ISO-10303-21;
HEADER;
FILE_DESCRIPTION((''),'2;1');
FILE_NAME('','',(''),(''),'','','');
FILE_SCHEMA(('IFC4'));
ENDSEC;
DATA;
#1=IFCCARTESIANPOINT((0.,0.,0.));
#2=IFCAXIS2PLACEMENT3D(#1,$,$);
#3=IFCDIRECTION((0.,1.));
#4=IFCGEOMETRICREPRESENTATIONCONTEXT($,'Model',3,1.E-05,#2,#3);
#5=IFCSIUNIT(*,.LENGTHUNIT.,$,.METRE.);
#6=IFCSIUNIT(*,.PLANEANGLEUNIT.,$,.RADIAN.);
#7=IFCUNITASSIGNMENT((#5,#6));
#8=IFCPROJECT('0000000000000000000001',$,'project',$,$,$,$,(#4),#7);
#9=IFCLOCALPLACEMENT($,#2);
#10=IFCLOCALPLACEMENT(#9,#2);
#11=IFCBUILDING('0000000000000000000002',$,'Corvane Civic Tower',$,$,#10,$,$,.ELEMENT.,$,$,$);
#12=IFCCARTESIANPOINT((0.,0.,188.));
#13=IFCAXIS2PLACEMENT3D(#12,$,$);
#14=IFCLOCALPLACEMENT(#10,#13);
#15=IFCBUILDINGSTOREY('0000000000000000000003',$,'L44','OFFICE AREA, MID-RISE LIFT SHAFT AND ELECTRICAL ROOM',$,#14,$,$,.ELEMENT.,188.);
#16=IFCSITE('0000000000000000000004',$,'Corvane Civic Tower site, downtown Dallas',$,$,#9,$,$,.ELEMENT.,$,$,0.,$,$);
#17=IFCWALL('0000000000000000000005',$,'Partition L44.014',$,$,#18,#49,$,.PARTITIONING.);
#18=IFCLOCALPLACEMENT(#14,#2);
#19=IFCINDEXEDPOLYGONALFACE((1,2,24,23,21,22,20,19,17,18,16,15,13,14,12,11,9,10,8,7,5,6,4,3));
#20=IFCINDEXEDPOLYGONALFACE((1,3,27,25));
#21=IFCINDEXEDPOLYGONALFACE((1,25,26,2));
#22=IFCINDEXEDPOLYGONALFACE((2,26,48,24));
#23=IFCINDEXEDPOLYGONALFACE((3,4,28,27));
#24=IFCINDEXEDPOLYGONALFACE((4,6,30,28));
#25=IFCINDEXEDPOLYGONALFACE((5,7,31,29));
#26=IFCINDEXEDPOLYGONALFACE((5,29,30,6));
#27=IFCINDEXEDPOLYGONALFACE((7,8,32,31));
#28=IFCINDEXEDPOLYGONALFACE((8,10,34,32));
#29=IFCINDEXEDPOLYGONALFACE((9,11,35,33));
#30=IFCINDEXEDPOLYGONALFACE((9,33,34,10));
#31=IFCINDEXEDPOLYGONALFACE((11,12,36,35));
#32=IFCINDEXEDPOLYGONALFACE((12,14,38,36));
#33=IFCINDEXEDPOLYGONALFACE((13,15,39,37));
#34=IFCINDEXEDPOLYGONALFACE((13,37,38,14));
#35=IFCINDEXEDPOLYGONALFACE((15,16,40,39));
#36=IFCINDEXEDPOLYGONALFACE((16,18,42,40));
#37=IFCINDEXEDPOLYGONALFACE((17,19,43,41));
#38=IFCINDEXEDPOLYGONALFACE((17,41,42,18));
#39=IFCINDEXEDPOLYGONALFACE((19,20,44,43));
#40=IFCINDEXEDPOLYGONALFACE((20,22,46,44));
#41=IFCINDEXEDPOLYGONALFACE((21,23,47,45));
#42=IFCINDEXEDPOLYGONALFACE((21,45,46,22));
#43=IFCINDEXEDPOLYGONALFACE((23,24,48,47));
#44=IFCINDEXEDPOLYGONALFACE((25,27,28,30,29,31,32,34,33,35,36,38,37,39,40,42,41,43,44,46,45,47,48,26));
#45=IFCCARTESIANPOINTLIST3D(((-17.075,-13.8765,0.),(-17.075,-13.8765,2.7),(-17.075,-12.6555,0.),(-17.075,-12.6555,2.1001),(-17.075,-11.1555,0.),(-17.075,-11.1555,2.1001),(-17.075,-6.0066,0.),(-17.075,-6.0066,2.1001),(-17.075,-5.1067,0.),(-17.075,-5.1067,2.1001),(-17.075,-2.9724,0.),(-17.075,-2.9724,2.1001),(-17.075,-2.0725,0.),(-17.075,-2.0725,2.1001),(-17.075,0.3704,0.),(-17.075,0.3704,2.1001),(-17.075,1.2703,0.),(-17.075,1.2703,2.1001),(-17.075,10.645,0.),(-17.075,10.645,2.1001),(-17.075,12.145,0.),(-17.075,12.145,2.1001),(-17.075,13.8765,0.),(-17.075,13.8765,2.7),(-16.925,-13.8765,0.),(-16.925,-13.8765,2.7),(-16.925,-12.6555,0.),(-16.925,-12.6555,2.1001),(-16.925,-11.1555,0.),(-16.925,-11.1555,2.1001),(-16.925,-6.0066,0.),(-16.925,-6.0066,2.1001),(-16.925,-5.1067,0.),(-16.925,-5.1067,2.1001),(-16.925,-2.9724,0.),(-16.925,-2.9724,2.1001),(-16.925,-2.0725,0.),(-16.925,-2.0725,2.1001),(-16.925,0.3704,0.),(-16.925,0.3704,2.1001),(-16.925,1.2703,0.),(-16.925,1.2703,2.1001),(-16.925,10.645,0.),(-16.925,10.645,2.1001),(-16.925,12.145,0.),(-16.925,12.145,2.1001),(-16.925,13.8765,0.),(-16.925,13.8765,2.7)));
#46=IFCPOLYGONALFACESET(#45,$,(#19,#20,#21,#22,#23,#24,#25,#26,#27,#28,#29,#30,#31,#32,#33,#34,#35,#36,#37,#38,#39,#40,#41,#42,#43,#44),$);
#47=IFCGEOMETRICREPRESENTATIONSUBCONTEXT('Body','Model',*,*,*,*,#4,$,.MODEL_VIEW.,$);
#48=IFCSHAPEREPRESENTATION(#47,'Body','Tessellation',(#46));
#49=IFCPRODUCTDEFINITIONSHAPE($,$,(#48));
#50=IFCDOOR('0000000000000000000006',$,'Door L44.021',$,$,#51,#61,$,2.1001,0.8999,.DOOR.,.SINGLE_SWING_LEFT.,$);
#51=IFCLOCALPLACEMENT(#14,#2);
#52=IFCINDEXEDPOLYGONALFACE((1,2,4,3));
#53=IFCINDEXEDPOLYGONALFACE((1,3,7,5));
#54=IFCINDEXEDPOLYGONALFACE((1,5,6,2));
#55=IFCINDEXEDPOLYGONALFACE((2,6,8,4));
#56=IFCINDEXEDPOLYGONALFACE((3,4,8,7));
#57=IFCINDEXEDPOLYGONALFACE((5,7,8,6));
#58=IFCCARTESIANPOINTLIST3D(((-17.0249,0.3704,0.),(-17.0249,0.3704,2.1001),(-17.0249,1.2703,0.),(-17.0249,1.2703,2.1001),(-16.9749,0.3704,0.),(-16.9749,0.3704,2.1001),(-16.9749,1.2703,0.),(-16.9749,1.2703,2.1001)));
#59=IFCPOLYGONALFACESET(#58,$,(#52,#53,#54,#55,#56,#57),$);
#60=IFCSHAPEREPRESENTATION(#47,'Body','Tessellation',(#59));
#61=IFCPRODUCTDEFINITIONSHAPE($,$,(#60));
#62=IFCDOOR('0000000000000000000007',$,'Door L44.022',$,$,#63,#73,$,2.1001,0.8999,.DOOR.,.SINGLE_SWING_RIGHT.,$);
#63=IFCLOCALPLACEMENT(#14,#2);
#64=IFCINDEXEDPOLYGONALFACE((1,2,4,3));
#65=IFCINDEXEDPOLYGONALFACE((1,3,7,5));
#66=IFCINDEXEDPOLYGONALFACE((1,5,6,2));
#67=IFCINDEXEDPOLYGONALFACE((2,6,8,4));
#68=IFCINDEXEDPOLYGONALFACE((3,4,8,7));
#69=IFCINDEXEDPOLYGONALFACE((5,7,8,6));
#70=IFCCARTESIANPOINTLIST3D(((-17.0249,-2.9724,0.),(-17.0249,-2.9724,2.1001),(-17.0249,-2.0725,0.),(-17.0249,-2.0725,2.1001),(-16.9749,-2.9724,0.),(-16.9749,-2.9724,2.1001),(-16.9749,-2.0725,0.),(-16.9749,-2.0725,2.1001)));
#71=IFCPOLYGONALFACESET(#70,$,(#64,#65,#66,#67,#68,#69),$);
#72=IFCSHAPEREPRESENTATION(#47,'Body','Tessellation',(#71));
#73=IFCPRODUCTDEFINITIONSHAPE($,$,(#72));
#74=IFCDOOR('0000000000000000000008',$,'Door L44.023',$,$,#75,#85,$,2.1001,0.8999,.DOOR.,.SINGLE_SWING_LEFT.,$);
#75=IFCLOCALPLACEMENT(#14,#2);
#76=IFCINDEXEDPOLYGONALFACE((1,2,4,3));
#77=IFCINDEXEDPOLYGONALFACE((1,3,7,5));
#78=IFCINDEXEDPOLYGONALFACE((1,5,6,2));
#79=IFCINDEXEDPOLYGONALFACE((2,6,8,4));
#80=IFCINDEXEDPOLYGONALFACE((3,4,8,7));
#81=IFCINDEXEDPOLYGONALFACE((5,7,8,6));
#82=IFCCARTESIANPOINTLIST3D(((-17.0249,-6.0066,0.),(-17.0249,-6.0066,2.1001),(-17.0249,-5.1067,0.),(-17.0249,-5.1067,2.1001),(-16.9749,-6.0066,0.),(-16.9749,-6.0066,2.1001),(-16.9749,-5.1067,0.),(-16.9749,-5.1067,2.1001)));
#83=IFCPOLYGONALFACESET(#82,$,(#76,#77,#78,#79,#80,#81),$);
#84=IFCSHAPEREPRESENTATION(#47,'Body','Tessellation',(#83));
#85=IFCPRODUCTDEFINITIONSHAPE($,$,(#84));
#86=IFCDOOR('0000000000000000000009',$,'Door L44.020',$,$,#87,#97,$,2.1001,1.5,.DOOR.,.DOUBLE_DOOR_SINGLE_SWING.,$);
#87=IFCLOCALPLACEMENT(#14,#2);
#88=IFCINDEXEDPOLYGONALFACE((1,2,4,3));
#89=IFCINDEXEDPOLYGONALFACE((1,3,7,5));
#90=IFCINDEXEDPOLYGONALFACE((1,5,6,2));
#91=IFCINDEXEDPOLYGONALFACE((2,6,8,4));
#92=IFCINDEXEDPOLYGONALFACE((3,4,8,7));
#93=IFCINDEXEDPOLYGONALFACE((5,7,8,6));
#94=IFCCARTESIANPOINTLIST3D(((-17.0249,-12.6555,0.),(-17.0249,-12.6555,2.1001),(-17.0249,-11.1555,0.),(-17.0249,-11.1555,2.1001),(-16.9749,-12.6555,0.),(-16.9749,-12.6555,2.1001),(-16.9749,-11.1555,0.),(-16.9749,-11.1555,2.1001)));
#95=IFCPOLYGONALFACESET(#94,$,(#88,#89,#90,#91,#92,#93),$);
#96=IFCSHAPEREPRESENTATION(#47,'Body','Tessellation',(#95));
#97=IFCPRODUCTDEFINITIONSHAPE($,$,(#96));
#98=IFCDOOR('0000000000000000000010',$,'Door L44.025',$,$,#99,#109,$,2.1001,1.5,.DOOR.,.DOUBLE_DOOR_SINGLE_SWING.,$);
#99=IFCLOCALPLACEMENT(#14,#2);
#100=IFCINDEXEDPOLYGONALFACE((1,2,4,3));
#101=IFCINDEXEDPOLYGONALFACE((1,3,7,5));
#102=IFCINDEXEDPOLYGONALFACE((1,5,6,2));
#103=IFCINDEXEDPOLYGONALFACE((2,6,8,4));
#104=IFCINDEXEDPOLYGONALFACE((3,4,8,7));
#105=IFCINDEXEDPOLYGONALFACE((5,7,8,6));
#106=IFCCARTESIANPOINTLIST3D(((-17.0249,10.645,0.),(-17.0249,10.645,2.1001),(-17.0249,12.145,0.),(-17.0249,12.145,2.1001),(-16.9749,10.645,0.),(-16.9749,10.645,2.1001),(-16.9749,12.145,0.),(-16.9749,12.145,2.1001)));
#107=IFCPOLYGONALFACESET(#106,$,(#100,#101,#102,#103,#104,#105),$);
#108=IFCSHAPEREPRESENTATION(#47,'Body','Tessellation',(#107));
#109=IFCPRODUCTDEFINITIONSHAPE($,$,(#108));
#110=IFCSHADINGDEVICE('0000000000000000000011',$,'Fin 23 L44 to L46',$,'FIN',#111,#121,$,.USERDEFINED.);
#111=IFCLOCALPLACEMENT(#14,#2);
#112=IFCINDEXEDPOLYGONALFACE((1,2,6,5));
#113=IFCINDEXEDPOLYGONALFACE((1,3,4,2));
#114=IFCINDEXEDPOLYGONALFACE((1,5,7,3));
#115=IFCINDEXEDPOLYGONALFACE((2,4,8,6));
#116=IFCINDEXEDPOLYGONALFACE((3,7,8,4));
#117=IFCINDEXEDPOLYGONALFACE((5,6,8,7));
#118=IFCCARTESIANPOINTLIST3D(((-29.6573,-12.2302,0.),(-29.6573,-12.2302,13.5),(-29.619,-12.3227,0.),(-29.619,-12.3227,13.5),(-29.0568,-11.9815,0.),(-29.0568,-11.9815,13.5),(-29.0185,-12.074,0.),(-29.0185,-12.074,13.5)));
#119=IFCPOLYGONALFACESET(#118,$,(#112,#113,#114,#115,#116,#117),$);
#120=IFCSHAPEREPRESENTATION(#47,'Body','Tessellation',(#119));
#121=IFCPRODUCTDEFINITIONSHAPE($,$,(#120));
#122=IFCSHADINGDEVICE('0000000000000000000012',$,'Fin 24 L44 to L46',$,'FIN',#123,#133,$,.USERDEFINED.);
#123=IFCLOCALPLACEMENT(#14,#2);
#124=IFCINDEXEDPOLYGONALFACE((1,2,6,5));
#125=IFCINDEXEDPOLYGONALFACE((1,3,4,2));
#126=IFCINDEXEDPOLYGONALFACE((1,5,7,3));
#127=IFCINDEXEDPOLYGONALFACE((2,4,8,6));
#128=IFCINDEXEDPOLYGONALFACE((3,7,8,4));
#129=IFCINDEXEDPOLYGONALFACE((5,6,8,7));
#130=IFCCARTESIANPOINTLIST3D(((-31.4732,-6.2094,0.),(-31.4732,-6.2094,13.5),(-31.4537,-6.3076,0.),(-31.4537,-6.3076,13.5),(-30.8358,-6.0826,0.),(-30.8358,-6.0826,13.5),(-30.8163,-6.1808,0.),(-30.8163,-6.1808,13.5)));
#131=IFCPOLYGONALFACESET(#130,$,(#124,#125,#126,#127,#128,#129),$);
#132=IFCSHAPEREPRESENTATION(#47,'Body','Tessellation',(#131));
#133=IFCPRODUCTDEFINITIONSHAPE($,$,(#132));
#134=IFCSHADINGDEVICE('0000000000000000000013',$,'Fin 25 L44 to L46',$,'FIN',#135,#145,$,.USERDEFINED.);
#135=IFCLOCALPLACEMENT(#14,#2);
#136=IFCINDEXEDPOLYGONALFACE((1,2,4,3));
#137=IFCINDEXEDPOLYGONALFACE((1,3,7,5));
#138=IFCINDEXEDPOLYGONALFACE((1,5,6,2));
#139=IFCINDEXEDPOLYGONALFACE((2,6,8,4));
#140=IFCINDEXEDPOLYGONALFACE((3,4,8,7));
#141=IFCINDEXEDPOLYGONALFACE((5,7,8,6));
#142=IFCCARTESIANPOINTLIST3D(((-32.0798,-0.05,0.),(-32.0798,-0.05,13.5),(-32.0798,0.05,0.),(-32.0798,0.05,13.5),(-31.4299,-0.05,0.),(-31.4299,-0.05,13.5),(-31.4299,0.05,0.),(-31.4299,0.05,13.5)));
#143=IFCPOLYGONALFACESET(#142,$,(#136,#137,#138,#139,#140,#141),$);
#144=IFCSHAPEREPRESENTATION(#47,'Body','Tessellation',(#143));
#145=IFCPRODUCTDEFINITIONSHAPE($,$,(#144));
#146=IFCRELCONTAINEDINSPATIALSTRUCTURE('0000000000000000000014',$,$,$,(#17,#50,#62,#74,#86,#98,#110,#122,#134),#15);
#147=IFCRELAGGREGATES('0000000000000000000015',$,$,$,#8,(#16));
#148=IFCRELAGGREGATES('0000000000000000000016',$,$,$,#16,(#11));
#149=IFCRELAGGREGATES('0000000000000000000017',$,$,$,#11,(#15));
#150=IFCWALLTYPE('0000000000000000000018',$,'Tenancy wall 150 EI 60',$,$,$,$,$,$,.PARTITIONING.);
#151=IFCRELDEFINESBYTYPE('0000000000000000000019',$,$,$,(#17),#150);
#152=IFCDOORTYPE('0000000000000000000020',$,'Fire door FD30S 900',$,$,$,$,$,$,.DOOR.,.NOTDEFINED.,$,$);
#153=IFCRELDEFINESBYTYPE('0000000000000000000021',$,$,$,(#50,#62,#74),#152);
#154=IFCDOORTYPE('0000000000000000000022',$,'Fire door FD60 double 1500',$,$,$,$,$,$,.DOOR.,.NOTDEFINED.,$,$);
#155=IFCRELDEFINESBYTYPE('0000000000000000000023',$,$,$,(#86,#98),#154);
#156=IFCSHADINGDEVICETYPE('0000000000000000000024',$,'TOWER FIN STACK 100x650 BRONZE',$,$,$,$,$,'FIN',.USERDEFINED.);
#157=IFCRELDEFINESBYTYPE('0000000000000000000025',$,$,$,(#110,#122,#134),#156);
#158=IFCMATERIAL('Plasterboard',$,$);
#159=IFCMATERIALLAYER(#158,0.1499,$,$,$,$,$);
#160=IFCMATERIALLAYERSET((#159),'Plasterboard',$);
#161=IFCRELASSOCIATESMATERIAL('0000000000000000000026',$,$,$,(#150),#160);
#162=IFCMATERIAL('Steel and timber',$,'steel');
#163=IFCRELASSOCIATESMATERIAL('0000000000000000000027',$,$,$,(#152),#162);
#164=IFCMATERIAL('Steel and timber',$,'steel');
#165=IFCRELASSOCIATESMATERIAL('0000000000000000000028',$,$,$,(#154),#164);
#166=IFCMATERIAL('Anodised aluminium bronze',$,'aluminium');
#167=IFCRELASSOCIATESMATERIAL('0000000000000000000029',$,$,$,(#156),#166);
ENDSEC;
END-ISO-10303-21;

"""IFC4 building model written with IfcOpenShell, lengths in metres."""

from ifc_helpers import new_model, si_unit, direction, frame, frame_2d, origin, origin_2d, place, context, subcontext, project, spatial, rectangle, extrude, material, layer, layer_set, material_profile, profile_set, type_object, element, fill, save


model = new_model("IFC4")

# Units and contexts
model_context = context("Model", 3, precision=1e-05, world=origin(), true_north=direction((0.0, 1.0)))
body_context = subcontext(model_context, "Body", "Model", "MODEL_VIEW")
ifc_project = project(units=[si_unit("LENGTHUNIT", "METRE"), si_unit("PLANEANGLEUNIT", "RADIAN")], contexts=[model_context])

# Site, building, storey
site_placement = place(None, origin())
site = spatial("IfcSite", under=ifc_project, at=site_placement, Name="Corvane Civic Tower site, downtown Dallas", CompositionType="ELEMENT", RefElevation=0.0)
building_placement = place(site_placement, origin())
building = spatial("IfcBuilding", under=site, at=building_placement, Name="Corvane Civic Tower", CompositionType="ELEMENT")
storey_placement = place(building_placement, frame((0.0, 0.0, 188.0)))
storey = spatial("IfcBuildingStorey", under=building, at=storey_placement, Name="L44", Description="OFFICE AREA, MID-RISE LIFT SHAFT AND ELECTRICAL ROOM", CompositionType="ELEMENT", Elevation=188.0)

# Wall, openings, doors
ifc_material_1 = material(Name="Plasterboard")
ifc_layer_1 = layer(ifc_material_1, 0.1499)
ifc_layer_set_1 = layer_set([ifc_layer_1], Name="Plasterboard")
wall_type_1 = type_object("IfcWallType", Name="Tenancy wall 150 EI 60", PredefinedType="PARTITIONING", material=ifc_layer_set_1)
wall_1_placement = place(storey_placement, frame((-17.0, -13.8765, 0.0), z_axis=(0.0, 0.0, 1.0), x_axis=(0.0, 1.0, 0.0)))
wall_1 = element("IfcWall", 1, at=wall_1_placement, inside=storey, type_object=wall_type_1, Name="Partition L44.014", PredefinedType="PARTITIONING", context=body_context, shape_type="SweptSolid", body=[
    extrude(rectangle(XDim=27.7529, YDim=0.1499, at=frame_2d((13.8765, 0.0))), origin(), (0.0, 0.0, 1.0), 2.7),
])
opening_1_placement = place(wall_1_placement, frame((1.2209, 0.0, 0.0)))
opening_1 = element("IfcOpeningElement", 2, at=opening_1_placement, cuts=wall_1, PredefinedType="OPENING", context=body_context, shape_type="SweptSolid", body=[
    extrude(rectangle(XDim=1.5, YDim=2.1001, at=frame_2d((0.75, 1.05))), frame((0.0, 0.085, 0.0), z_axis=(0.0, -1.0, 0.0), x_axis=(1.0, 0.0, 0.0)), (0.0, 0.0, 1.0), 0.1699),
])
opening_2_placement = place(wall_1_placement, frame((14.2468, 0.0, 0.0)))
opening_2 = element("IfcOpeningElement", 3, at=opening_2_placement, cuts=wall_1, PredefinedType="OPENING", context=body_context, shape_type="SweptSolid", body=[
    extrude(rectangle(XDim=0.8999, YDim=2.1001, at=frame_2d((0.45, 1.05))), frame((0.0, 0.085, 0.0), z_axis=(0.0, -1.0, 0.0), x_axis=(1.0, 0.0, 0.0)), (0.0, 0.0, 1.0), 0.1699),
])
opening_3_placement = place(wall_1_placement, frame((10.9041, 0.0, 0.0)))
opening_3 = element("IfcOpeningElement", 4, at=opening_3_placement, cuts=wall_1, PredefinedType="OPENING", context=body_context, shape_type="SweptSolid", body=[
    extrude(rectangle(XDim=0.8999, YDim=2.1001, at=frame_2d((0.45, 1.05))), frame((0.0, 0.085, 0.0), z_axis=(0.0, -1.0, 0.0), x_axis=(1.0, 0.0, 0.0)), (0.0, 0.0, 1.0), 0.1699),
])
opening_4_placement = place(wall_1_placement, frame((7.8699, 0.0, 0.0)))
opening_4 = element("IfcOpeningElement", 5, at=opening_4_placement, cuts=wall_1, PredefinedType="OPENING", context=body_context, shape_type="SweptSolid", body=[
    extrude(rectangle(XDim=0.8999, YDim=2.1001, at=frame_2d((0.45, 1.05))), frame((0.0, 0.085, 0.0), z_axis=(0.0, -1.0, 0.0), x_axis=(1.0, 0.0, 0.0)), (0.0, 0.0, 1.0), 0.1699),
])
opening_5_placement = place(wall_1_placement, frame((24.5215, 0.0, 0.0)))
opening_5 = element("IfcOpeningElement", 6, at=opening_5_placement, cuts=wall_1, PredefinedType="OPENING", context=body_context, shape_type="SweptSolid", body=[
    extrude(rectangle(XDim=1.5, YDim=2.1001, at=frame_2d((0.75, 1.05))), frame((0.0, 0.085, 0.0), z_axis=(0.0, -1.0, 0.0), x_axis=(1.0, 0.0, 0.0)), (0.0, 0.0, 1.0), 0.1699),
])
ifc_material_2 = material(Name="Steel and timber", Category="steel")
door_type_1 = type_object("IfcDoorType", Name="Fire door FD30S 900", OperationType="NOTDEFINED", PredefinedType="DOOR", material=ifc_material_2)
door_1_placement = place(opening_2_placement, origin())
door_1 = element("IfcDoor", 7, at=door_1_placement, inside=storey, type_object=door_type_1, Name="Door L44.021", OperationType="SINGLE_SWING_LEFT", OverallHeight=2.1001, OverallWidth=0.8999, PredefinedType="DOOR", context=body_context, shape_type="SweptSolid", body=[
    extrude(rectangle(XDim=0.8999, YDim=2.1001, at=frame_2d((0.45, 1.05))), frame((0.0, 0.0249, 0.0), z_axis=(0.0, -1.0, 0.0), x_axis=(1.0, 0.0, 0.0)), (0.0, 0.0, 1.0), 0.05),
])
fill(opening_2, door_1)
door_2_placement = place(opening_3_placement, origin())
door_2 = element("IfcDoor", 8, at=door_2_placement, inside=storey, type_object=door_type_1, Name="Door L44.022", OperationType="SINGLE_SWING_RIGHT", OverallHeight=2.1001, OverallWidth=0.8999, PredefinedType="DOOR", context=body_context, shape_type="SweptSolid", body=[
    extrude(rectangle(XDim=0.8999, YDim=2.1001, at=frame_2d((0.45, 1.05))), frame((0.0, 0.0249, 0.0), z_axis=(0.0, -1.0, 0.0), x_axis=(1.0, 0.0, 0.0)), (0.0, 0.0, 1.0), 0.05),
])
fill(opening_3, door_2)
door_3_placement = place(opening_4_placement, origin())
door_3 = element("IfcDoor", 9, at=door_3_placement, inside=storey, type_object=door_type_1, Name="Door L44.023", OperationType="SINGLE_SWING_LEFT", OverallHeight=2.1001, OverallWidth=0.8999, PredefinedType="DOOR", context=body_context, shape_type="SweptSolid", body=[
    extrude(rectangle(XDim=0.8999, YDim=2.1001, at=frame_2d((0.45, 1.05))), frame((0.0, 0.0249, 0.0), z_axis=(0.0, -1.0, 0.0), x_axis=(1.0, 0.0, 0.0)), (0.0, 0.0, 1.0), 0.05),
])
fill(opening_4, door_3)
ifc_material_3 = material(Name="Steel and timber", Category="steel")
door_type_2 = type_object("IfcDoorType", Name="Fire door FD60 double 1500", OperationType="NOTDEFINED", PredefinedType="DOOR", material=ifc_material_3)
door_4_placement = place(opening_1_placement, origin())
door_4 = element("IfcDoor", 10, at=door_4_placement, inside=storey, type_object=door_type_2, Name="Door L44.020", OperationType="DOUBLE_DOOR_SINGLE_SWING", OverallHeight=2.1001, OverallWidth=1.5, PredefinedType="DOOR", context=body_context, shape_type="SweptSolid", body=[
    extrude(rectangle(XDim=1.5, YDim=2.1001, at=frame_2d((0.75, 1.05))), frame((0.0, 0.0249, 0.0), z_axis=(0.0, -1.0, 0.0), x_axis=(1.0, 0.0, 0.0)), (0.0, 0.0, 1.0), 0.05),
])
fill(opening_1, door_4)
door_5_placement = place(opening_5_placement, origin())
door_5 = element("IfcDoor", 11, at=door_5_placement, inside=storey, type_object=door_type_2, Name="Door L44.025", OperationType="DOUBLE_DOOR_SINGLE_SWING", OverallHeight=2.1001, OverallWidth=1.5, PredefinedType="DOOR", context=body_context, shape_type="SweptSolid", body=[
    extrude(rectangle(XDim=1.5, YDim=2.1001, at=frame_2d((0.75, 1.05))), frame((0.0, 0.0249, 0.0), z_axis=(0.0, -1.0, 0.0), x_axis=(1.0, 0.0, 0.0)), (0.0, 0.0, 1.0), 0.05),
])
fill(opening_5, door_5)

# Shading devices
ifc_material_4 = material(Name="Anodised aluminium bronze", Category="aluminium")
ifc_material_profile_1 = material_profile(ifc_material_4, rectangle(XDim=0.1001, YDim=0.6499, at=origin_2d()), Name="TOWER FIN STACK 100x650 BRONZE")
ifc_profile_set_1 = profile_set([ifc_material_profile_1], Name="Anodised aluminium bronze")
shading_device_type = type_object("IfcShadingDeviceType", Name="TOWER FIN STACK 100x650 BRONZE", ElementType="FIN", PredefinedType="USERDEFINED", material=ifc_profile_set_1)
for number, where, z_axis, x_axis, name in (
    (12, (-29.3379, -12.1521, 0.0), (0.0, 0.0, 1.0), (-0.382683, 0.92388, 0.0), "Fin 23 L44 to L46"),
    (13, (-31.1448, -6.1951, 0.0), (0.0, 0.0, 1.0), (-0.19509, 0.980785, 0.0), "Fin 24 L44 to L46"),
    (14, (-31.7549, 0.0, 0.0), (0.0, 0.0, 1.0), (0.0, 1.0, 0.0), "Fin 25 L44 to L46"),
):
    element("IfcShadingDevice", number, at=place(storey_placement, frame(where, z_axis=z_axis, x_axis=x_axis)), inside=storey, type_object=shading_device_type, Name=name, ObjectType="FIN", PredefinedType="USERDEFINED", context=body_context, shape_type="SweptSolid", body=[
        extrude(rectangle(XDim=0.1001, YDim=0.6499, at=origin_2d()), origin(), (0.0, 0.0, 1.0), 13.5),
    ])

save(model, "model.ifc")
